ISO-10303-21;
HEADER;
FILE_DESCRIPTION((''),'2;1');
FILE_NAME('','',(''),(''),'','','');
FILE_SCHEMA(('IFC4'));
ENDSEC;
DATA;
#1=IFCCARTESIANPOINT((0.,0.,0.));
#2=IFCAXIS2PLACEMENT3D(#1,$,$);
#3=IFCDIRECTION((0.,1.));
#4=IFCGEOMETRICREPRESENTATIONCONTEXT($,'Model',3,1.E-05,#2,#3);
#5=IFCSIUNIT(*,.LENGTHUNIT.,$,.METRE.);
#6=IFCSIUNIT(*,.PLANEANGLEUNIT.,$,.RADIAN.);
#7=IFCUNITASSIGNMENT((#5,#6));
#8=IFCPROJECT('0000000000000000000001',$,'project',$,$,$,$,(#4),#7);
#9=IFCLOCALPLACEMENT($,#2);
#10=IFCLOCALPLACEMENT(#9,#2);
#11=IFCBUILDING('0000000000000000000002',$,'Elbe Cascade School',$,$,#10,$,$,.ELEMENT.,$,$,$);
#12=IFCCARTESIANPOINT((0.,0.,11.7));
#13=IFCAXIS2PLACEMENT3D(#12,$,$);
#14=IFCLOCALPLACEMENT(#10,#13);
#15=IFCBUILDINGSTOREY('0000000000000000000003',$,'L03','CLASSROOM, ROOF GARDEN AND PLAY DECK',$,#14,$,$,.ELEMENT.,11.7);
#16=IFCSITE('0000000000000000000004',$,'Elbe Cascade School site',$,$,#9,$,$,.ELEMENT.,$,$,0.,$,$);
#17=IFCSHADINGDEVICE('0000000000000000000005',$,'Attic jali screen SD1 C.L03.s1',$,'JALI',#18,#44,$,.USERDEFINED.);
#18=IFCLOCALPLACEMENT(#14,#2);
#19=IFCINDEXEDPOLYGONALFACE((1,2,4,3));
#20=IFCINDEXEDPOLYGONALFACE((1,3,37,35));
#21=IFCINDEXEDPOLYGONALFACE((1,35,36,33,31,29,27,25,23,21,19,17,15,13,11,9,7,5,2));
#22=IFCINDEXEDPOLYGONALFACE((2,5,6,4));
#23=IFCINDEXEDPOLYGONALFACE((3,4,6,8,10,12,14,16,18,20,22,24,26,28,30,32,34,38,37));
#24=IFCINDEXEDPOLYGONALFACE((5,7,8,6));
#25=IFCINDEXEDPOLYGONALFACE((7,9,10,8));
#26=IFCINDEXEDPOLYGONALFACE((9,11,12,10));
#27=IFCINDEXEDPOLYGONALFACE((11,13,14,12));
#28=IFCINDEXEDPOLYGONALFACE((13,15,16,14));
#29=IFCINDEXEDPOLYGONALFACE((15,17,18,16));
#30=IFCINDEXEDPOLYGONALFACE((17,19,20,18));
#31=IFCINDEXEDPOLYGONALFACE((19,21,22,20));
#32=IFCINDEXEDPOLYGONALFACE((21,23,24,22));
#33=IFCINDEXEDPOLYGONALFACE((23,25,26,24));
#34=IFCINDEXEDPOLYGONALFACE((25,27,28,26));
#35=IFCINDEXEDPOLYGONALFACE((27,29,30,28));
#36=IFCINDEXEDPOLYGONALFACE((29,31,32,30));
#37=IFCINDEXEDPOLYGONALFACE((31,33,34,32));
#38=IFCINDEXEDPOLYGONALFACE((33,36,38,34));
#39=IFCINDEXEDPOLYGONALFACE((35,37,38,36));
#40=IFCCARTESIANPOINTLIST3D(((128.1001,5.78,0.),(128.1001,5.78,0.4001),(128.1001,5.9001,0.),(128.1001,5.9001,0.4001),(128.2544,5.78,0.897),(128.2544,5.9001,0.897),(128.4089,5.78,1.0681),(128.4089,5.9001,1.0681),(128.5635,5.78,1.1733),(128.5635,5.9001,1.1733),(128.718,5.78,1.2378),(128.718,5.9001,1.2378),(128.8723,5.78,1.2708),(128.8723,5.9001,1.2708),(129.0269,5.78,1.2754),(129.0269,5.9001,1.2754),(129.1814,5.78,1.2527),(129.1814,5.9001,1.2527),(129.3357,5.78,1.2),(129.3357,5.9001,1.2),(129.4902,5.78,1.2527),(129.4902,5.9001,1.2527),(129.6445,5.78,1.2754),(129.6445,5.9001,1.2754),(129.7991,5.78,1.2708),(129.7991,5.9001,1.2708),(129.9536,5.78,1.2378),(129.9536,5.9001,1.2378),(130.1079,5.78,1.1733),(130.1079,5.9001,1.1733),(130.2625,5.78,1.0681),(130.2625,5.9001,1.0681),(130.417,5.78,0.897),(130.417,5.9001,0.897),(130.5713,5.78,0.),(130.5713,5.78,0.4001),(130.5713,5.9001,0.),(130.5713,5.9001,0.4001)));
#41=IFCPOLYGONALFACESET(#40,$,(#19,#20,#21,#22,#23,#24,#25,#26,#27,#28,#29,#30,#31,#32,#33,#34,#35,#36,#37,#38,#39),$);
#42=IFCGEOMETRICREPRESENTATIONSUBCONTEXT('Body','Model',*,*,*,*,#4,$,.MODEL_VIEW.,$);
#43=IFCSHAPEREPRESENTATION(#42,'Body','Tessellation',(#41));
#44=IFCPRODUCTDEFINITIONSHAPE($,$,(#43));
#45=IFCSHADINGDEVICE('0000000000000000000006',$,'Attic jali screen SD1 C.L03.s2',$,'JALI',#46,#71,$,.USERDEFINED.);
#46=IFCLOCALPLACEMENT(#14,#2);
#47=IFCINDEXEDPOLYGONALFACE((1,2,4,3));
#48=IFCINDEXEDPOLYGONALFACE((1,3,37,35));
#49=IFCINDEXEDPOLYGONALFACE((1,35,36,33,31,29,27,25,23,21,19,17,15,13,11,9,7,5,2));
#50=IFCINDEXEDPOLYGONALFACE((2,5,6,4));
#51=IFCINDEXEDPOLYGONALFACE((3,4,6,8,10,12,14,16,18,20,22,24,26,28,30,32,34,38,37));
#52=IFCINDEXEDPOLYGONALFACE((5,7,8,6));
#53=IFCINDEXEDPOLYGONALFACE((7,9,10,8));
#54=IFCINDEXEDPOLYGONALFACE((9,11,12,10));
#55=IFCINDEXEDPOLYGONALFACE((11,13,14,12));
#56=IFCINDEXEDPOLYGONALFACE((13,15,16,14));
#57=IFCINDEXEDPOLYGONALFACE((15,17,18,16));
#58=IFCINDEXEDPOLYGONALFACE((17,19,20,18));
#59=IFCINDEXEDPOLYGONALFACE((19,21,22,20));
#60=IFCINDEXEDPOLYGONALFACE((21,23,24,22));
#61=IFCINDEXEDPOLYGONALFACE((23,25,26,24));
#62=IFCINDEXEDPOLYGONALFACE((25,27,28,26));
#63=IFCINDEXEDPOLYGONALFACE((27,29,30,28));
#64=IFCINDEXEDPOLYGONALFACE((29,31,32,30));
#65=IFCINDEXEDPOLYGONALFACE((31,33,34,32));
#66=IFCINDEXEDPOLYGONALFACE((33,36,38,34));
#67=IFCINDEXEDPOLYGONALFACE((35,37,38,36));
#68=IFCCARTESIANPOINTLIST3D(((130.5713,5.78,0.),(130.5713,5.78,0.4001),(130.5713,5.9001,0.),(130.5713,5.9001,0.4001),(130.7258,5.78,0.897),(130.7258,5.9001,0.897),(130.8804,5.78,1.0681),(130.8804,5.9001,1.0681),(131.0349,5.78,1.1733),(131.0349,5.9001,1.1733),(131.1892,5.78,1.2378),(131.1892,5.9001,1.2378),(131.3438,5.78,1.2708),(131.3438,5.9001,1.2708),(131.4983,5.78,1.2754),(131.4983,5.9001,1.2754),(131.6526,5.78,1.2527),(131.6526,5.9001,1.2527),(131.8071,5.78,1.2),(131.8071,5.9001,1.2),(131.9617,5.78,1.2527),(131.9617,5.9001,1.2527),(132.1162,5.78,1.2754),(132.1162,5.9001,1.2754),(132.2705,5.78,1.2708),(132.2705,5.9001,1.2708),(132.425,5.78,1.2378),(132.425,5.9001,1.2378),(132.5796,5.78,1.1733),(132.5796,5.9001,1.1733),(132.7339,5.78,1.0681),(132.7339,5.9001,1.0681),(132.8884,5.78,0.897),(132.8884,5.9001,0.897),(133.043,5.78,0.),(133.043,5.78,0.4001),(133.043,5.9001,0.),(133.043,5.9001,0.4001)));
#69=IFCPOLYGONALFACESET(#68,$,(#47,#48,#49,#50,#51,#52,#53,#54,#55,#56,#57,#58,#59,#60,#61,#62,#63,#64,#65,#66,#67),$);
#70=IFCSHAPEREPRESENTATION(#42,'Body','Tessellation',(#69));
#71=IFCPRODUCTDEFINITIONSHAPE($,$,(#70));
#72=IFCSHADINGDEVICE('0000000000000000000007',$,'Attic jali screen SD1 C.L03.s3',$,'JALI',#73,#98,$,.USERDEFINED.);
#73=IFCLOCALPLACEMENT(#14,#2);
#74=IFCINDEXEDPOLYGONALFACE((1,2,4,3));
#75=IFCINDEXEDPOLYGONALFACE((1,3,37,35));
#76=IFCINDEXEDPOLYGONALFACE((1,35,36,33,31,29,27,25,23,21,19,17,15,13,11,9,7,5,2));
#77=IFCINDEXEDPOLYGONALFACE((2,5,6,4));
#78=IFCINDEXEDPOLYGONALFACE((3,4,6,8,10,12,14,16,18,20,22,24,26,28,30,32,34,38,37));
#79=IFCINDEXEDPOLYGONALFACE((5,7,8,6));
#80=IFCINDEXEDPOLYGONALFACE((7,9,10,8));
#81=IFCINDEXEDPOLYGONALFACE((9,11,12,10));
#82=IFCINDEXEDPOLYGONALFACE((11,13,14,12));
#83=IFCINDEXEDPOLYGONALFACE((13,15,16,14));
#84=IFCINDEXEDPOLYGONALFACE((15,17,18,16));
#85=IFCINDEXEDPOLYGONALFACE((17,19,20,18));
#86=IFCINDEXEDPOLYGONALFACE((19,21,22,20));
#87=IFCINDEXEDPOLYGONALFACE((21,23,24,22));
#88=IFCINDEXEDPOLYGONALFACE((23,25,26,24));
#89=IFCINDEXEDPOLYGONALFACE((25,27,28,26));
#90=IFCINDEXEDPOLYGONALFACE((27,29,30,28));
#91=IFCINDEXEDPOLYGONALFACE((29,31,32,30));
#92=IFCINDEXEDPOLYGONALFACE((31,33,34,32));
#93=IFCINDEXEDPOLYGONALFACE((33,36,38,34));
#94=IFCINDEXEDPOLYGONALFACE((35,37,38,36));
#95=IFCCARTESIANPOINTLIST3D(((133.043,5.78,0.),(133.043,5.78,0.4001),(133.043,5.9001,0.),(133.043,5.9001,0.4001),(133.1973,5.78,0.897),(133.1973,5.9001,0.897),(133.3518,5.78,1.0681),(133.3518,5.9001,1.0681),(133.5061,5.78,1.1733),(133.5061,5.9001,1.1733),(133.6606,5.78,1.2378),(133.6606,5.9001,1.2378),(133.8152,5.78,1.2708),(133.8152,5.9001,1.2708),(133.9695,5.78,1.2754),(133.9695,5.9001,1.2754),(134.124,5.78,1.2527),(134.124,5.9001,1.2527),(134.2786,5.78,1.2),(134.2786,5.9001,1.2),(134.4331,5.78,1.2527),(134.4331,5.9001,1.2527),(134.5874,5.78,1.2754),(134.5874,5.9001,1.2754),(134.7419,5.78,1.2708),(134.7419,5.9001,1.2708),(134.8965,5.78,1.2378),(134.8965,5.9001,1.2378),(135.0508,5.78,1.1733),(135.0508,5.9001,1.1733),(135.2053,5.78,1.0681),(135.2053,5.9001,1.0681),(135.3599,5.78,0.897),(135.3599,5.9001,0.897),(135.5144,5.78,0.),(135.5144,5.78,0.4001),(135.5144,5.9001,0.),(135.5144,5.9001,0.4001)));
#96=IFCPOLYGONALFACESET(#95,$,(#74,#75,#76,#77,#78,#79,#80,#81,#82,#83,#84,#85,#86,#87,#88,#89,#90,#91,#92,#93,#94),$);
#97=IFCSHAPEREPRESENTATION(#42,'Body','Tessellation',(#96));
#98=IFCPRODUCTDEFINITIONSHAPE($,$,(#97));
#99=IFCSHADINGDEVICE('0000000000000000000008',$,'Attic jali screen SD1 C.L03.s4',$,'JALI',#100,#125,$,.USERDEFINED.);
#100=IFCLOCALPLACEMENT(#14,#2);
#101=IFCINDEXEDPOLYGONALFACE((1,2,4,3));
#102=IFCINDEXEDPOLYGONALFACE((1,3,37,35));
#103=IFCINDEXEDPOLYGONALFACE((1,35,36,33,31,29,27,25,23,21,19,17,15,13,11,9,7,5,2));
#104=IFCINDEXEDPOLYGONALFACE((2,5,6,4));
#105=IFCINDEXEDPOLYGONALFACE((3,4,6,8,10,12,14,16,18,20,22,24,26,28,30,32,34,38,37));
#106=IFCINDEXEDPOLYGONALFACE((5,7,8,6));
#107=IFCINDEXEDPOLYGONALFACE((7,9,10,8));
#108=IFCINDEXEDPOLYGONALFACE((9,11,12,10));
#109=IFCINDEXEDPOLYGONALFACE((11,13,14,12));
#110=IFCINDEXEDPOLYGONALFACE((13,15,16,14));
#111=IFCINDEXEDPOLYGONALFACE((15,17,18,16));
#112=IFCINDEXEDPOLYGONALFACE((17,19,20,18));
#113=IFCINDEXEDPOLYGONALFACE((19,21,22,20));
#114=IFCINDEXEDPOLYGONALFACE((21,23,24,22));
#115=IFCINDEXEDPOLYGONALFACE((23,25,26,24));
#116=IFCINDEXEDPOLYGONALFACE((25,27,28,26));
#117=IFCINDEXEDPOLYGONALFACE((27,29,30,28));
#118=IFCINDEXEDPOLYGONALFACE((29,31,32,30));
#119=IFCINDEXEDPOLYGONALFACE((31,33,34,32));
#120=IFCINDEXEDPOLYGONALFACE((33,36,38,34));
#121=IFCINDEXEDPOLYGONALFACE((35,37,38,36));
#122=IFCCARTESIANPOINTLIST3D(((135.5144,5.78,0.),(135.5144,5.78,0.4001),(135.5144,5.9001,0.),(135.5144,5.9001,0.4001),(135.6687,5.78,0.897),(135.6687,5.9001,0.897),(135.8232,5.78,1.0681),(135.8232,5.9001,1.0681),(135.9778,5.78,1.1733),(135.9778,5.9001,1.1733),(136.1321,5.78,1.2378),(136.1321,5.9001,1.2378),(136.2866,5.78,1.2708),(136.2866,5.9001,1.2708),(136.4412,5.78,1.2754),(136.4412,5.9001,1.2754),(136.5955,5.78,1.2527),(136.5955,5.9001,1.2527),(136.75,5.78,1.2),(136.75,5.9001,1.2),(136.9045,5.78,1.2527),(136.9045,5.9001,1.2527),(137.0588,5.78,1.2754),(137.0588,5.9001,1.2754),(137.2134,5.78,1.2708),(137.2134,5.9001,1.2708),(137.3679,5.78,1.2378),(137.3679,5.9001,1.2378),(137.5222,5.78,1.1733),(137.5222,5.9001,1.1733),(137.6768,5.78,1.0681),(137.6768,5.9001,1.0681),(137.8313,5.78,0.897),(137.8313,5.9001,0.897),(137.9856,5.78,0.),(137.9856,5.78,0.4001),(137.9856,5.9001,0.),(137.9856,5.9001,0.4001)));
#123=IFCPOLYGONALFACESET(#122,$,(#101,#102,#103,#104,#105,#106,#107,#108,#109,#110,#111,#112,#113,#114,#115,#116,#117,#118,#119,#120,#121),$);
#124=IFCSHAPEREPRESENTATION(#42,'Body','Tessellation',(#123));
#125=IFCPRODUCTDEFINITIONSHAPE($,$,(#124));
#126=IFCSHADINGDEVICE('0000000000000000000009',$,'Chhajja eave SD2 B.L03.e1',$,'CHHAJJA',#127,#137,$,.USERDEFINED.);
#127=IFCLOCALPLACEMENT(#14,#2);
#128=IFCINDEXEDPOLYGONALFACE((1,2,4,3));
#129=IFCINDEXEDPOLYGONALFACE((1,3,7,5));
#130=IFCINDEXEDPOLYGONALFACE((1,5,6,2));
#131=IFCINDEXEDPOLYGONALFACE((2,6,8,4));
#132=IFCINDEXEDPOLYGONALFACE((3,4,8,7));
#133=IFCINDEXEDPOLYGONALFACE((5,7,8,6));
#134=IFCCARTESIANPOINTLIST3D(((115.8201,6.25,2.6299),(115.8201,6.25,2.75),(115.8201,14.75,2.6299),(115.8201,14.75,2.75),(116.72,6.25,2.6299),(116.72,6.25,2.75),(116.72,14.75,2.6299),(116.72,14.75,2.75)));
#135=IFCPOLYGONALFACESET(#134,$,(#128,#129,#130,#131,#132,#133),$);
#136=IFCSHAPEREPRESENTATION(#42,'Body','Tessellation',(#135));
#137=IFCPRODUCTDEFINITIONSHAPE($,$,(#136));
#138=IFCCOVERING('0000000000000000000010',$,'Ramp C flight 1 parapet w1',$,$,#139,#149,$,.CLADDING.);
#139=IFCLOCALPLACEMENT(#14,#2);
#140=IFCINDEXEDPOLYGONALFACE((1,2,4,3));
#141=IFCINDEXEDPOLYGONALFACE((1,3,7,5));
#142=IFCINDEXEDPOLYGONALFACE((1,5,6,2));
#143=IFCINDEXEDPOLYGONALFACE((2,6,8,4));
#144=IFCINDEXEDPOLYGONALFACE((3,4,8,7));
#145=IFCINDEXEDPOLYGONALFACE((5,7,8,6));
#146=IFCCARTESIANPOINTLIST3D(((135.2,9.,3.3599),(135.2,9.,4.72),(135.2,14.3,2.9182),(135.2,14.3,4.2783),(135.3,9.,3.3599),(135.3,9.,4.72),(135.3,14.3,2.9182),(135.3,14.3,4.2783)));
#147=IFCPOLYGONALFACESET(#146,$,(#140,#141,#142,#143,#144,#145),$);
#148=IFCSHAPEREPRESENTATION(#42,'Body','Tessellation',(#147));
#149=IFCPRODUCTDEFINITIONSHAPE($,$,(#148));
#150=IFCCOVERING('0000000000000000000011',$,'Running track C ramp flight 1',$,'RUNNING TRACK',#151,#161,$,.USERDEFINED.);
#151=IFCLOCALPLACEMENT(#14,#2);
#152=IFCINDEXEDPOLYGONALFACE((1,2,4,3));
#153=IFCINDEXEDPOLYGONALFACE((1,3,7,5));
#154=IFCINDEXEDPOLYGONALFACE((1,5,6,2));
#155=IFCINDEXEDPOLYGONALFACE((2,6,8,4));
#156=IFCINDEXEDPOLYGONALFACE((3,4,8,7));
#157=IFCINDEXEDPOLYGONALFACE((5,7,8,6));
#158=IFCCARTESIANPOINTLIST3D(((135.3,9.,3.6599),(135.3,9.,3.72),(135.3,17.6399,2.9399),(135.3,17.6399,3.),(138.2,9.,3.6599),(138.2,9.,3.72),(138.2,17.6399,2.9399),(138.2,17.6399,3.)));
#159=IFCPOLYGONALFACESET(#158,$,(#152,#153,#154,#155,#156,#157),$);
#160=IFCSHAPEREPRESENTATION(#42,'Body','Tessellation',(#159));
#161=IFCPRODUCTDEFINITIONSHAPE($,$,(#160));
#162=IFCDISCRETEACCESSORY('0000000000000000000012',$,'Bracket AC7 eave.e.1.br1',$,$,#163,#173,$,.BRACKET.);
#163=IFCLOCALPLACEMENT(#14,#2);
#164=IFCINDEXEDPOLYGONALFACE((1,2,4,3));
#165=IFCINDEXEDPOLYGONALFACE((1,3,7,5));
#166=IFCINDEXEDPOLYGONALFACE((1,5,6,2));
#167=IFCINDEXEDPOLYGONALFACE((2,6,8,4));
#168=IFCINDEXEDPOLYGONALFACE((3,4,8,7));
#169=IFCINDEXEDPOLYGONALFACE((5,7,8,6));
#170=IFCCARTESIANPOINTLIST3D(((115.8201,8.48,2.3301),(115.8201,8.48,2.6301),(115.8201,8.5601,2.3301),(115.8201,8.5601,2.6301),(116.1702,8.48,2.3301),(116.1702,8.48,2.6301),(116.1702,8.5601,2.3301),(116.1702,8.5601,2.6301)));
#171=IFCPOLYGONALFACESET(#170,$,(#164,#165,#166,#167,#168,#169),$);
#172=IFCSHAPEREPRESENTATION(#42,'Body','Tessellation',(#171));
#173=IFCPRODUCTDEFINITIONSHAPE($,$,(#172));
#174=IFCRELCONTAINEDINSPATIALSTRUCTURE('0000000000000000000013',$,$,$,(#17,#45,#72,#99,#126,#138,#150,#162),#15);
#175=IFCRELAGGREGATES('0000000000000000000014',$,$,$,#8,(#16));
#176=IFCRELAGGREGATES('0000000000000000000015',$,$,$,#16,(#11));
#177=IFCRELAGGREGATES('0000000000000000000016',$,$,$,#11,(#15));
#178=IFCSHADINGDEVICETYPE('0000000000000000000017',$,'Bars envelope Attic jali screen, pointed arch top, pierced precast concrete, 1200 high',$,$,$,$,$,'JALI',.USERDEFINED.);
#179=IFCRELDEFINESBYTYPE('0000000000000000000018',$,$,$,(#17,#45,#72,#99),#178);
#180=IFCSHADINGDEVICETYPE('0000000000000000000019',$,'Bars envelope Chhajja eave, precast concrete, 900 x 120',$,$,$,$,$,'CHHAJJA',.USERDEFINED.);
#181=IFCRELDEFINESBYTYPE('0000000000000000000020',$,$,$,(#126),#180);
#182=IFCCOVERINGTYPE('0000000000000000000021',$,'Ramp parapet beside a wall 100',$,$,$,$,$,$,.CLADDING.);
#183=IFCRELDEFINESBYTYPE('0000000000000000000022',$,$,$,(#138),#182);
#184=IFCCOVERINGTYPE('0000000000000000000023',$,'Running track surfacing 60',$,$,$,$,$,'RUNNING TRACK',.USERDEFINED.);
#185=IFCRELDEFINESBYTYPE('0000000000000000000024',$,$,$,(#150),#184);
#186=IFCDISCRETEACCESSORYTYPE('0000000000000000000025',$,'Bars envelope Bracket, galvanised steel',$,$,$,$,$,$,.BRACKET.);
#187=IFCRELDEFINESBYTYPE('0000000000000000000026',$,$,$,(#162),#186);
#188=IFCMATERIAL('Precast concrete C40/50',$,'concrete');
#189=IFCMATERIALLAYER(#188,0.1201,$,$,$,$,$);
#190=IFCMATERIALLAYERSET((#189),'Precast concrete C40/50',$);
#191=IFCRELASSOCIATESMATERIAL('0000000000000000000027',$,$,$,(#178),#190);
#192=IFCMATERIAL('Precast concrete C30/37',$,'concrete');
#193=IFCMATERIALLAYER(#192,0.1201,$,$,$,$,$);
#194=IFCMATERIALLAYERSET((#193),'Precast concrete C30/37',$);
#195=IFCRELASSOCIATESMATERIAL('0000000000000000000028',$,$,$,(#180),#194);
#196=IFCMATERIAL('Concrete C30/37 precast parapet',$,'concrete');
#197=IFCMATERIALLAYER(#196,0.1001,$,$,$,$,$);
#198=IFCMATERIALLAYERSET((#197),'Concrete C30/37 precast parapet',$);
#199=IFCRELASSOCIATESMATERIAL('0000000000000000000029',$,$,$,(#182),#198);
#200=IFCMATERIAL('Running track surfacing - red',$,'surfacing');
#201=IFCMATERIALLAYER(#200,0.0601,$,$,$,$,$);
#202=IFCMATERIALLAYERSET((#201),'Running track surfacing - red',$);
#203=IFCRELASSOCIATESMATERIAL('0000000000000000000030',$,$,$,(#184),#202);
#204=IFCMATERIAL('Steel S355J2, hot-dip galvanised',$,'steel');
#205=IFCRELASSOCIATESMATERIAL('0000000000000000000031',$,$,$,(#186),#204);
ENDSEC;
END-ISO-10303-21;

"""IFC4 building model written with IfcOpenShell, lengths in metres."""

from ifc_helpers import new_model, si_unit, direction, frame, origin, origin_2d, place, context, subcontext, project, spatial, polyline, rectangle, outline, extrude, material, layer, layer_set, type_object, element, save


model = new_model("IFC4")

# Units and contexts
model_context = context("Model", 3, precision=1e-05, world=origin(), true_north=direction((0.0, 1.0)))
body_context = subcontext(model_context, "Body", "Model", "MODEL_VIEW")
ifc_project = project(units=[si_unit("LENGTHUNIT", "METRE"), si_unit("PLANEANGLEUNIT", "RADIAN")], contexts=[model_context])

# Site, building, storey
site_placement = place(None, origin())
site = spatial("IfcSite", under=ifc_project, at=site_placement, Name="Elbe Cascade School site", CompositionType="ELEMENT", RefElevation=0.0)
building_placement = place(site_placement, origin())
building = spatial("IfcBuilding", under=site, at=building_placement, Name="Elbe Cascade School", CompositionType="ELEMENT")
storey_placement = place(building_placement, frame((0.0, 0.0, 11.7)))
storey = spatial("IfcBuildingStorey", under=building, at=storey_placement, Name="L03", Description="CLASSROOM, ROOF GARDEN AND PLAY DECK", CompositionType="ELEMENT", Elevation=11.7)

# Shading devices
ifc_material_1 = material(Name="Precast concrete C40/50", Category="concrete")
ifc_layer_1 = layer(ifc_material_1, 0.1201)
ifc_layer_set_1 = layer_set([ifc_layer_1], Name="Precast concrete C40/50")
shading_device_type_1 = type_object("IfcShadingDeviceType", Name="Bars envelope Attic jali screen, pointed arch top, pierced precast concrete, 1200 high", ElementType="JALI", PredefinedType="USERDEFINED", material=ifc_layer_set_1)
shading_device_1_placement = place(storey_placement, frame((128.1001, 5.78, 0.0), z_axis=(0.0, -1.0, 0.0), x_axis=(1.0, 0.0, 0.0)))
element("IfcShadingDevice", 1, at=shading_device_1_placement, inside=storey, type_object=shading_device_type_1, Name="Attic jali screen SD1 C.L03.s1", ObjectType="JALI", PredefinedType="USERDEFINED", context=body_context, shape_type="SweptSolid", body=[
    extrude(outline(polyline([(0.0, 0.0), (2.4712, 0.0), (2.4712, 0.4001), (2.3169, 0.897), (2.1624, 1.0681), (2.0078, 1.1733), (1.8535, 1.2378), (1.699, 1.2708), (1.5444, 1.2754), (1.3901, 1.2527), (1.2356, 1.2), (1.0813, 1.2527), (0.9268, 1.2754), (0.7722, 1.2708), (0.6179, 1.2378), (0.4634, 1.1733), (0.3088, 1.0681), (0.1543, 0.897), (0.0, 0.4001), (0.0, 0.0)])), origin(), (0.0, 0.0, -1.0), 0.1201),
])
shading_device_2_placement = place(storey_placement, frame((130.5713, 5.78, 0.0), z_axis=(0.0, -1.0, 0.0), x_axis=(1.0, 0.0, 0.0)))
element("IfcShadingDevice", 2, at=shading_device_2_placement, inside=storey, type_object=shading_device_type_1, Name="Attic jali screen SD1 C.L03.s2", ObjectType="JALI", PredefinedType="USERDEFINED", context=body_context, shape_type="SweptSolid", body=[
    extrude(outline(polyline([(0.0, 0.0), (2.4717, 0.0), (2.4717, 0.4001), (2.3171, 0.897), (2.1626, 1.0681), (2.0083, 1.1733), (1.8538, 1.2378), (1.6992, 1.2708), (1.5449, 1.2754), (1.3904, 1.2527), (1.2358, 1.2), (1.0813, 1.2527), (0.927, 1.2754), (0.7725, 1.2708), (0.6179, 1.2378), (0.4636, 1.1733), (0.3091, 1.0681), (0.1545, 0.897), (0.0, 0.4001), (0.0, 0.0)])), origin(), (0.0, 0.0, -1.0), 0.1201),
])
shading_device_3_placement = place(storey_placement, frame((133.043, 5.78, 0.0), z_axis=(0.0, -1.0, 0.0), x_axis=(1.0, 0.0, 0.0)))
element("IfcShadingDevice", 3, at=shading_device_3_placement, inside=storey, type_object=shading_device_type_1, Name="Attic jali screen SD1 C.L03.s3", ObjectType="JALI", PredefinedType="USERDEFINED", context=body_context, shape_type="SweptSolid", body=[
    extrude(outline(polyline([(0.0, 0.0), (2.4714, 0.0), (2.4714, 0.4001), (2.3169, 0.897), (2.1624, 1.0681), (2.0078, 1.1733), (1.8535, 1.2378), (1.699, 1.2708), (1.5444, 1.2754), (1.3901, 1.2527), (1.2356, 1.2), (1.0811, 1.2527), (0.9265, 1.2754), (0.7722, 1.2708), (0.6177, 1.2378), (0.4631, 1.1733), (0.3088, 1.0681), (0.1543, 0.897), (0.0, 0.4001), (0.0, 0.0)])), origin(), (0.0, 0.0, -1.0), 0.1201),
])
shading_device_4_placement = place(storey_placement, frame((135.5144, 5.78, 0.0), z_axis=(0.0, -1.0, 0.0), x_axis=(1.0, 0.0, 0.0)))
element("IfcShadingDevice", 4, at=shading_device_4_placement, inside=storey, type_object=shading_device_type_1, Name="Attic jali screen SD1 C.L03.s4", ObjectType="JALI", PredefinedType="USERDEFINED", context=body_context, shape_type="SweptSolid", body=[
    extrude(outline(polyline([(0.0, 0.0), (2.4712, 0.0), (2.4712, 0.4001), (2.3169, 0.897), (2.1624, 1.0681), (2.0078, 1.1733), (1.8535, 1.2378), (1.699, 1.2708), (1.5444, 1.2754), (1.3901, 1.2527), (1.2356, 1.2), (1.0811, 1.2527), (0.9268, 1.2754), (0.7722, 1.2708), (0.6177, 1.2378), (0.4634, 1.1733), (0.3088, 1.0681), (0.1543, 0.897), (0.0, 0.4001), (0.0, 0.0)])), origin(), (0.0, 0.0, -1.0), 0.1201),
])
ifc_material_2 = material(Name="Precast concrete C30/37", Category="concrete")
ifc_layer_2 = layer(ifc_material_2, 0.1201)
ifc_layer_set_2 = layer_set([ifc_layer_2], Name="Precast concrete C30/37")
shading_device_type_2 = type_object("IfcShadingDeviceType", Name="Bars envelope Chhajja eave, precast concrete, 900 x 120", ElementType="CHHAJJA", PredefinedType="USERDEFINED", material=ifc_layer_set_2)
shading_device_5_placement = place(storey_placement, frame((116.27, 10.5, 2.6299), z_axis=(0.0, 0.0, 1.0), x_axis=(0.0, 1.0, 0.0)))
element("IfcShadingDevice", 5, at=shading_device_5_placement, inside=storey, type_object=shading_device_type_2, Name="Chhajja eave SD2 B.L03.e1", ObjectType="CHHAJJA", PredefinedType="USERDEFINED", context=body_context, shape_type="SweptSolid", body=[
    extrude(rectangle(XDim=8.5, YDim=0.8999, at=origin_2d()), origin(), (0.0, 0.0, 1.0), 0.1201),
])

# Coverings
ifc_material_3 = material(Name="Concrete C30/37 precast parapet", Category="concrete")
ifc_layer_3 = layer(ifc_material_3, 0.1001)
ifc_layer_set_3 = layer_set([ifc_layer_3], Name="Concrete C30/37 precast parapet")
covering_type_1 = type_object("IfcCoveringType", Name="Ramp parapet beside a wall 100", PredefinedType="CLADDING", material=ifc_layer_set_3)
covering_1_placement = place(storey_placement, frame((135.2, 9.0, 4.72), z_axis=(0.0, 0.083042, 0.996546), x_axis=(0.0, 0.996546, -0.083042)))
element("IfcCovering", 6, at=covering_1_placement, inside=storey, type_object=covering_type_1, Name="Ramp C flight 1 parapet w1", PredefinedType="CLADDING", context=body_context, shape_type="SweptSolid", body=[
    extrude(outline(polyline([(0.0, 0.0), (5.3184, 0.0), (5.3184, -0.1001), (0.0, -0.1001), (0.0, 0.0)])), origin(), (0.083042, 0.0, -0.996546), 1.3601),
])
ifc_material_4 = material(Name="Running track surfacing - red", Category="surfacing")
ifc_layer_4 = layer(ifc_material_4, 0.0601)
ifc_layer_set_4 = layer_set([ifc_layer_4], Name="Running track surfacing - red")
covering_type_2 = type_object("IfcCoveringType", Name="Running track surfacing 60", ElementType="RUNNING TRACK", PredefinedType="USERDEFINED", material=ifc_layer_set_4)
covering_2_placement = place(storey_placement, frame((135.3, 9.0, 3.72), z_axis=(0.0, 0.083043, 0.996546), x_axis=(0.0, 0.996546, -0.083043)))
element("IfcCovering", 7, at=covering_2_placement, inside=storey, type_object=covering_type_2, Name="Running track C ramp flight 1", ObjectType="RUNNING TRACK", PredefinedType="USERDEFINED", context=body_context, shape_type="SweptSolid", body=[
    extrude(outline(polyline([(0.0, 0.0), (8.6698, 0.0), (8.6698, -2.8999), (0.0, -2.8999), (0.0, 0.0)])), origin(), (0.083043, 0.0, -0.996546), 0.0601),
])

# Discrete accessory
ifc_material_5 = material(Name="Steel S355J2, hot-dip galvanised", Category="steel")
discrete_accessory_type = type_object("IfcDiscreteAccessoryType", Name="Bars envelope Bracket, galvanised steel", PredefinedType="BRACKET", material=ifc_material_5)
discrete_accessory_placement = place(storey_placement, frame((115.9951, 8.52, 2.3301), z_axis=(0.0, 0.0, 1.0), x_axis=(0.0, 1.0, 0.0)))
element("IfcDiscreteAccessory", 8, at=discrete_accessory_placement, inside=storey, type_object=discrete_accessory_type, Name="Bracket AC7 eave.e.1.br1", PredefinedType="BRACKET", context=body_context, shape_type="SweptSolid", body=[
    extrude(rectangle(XDim=0.0801, YDim=0.3501, at=origin_2d()), origin(), (0.0, 0.0, 1.0), 0.3),
])

save(model, "model.ifc")
